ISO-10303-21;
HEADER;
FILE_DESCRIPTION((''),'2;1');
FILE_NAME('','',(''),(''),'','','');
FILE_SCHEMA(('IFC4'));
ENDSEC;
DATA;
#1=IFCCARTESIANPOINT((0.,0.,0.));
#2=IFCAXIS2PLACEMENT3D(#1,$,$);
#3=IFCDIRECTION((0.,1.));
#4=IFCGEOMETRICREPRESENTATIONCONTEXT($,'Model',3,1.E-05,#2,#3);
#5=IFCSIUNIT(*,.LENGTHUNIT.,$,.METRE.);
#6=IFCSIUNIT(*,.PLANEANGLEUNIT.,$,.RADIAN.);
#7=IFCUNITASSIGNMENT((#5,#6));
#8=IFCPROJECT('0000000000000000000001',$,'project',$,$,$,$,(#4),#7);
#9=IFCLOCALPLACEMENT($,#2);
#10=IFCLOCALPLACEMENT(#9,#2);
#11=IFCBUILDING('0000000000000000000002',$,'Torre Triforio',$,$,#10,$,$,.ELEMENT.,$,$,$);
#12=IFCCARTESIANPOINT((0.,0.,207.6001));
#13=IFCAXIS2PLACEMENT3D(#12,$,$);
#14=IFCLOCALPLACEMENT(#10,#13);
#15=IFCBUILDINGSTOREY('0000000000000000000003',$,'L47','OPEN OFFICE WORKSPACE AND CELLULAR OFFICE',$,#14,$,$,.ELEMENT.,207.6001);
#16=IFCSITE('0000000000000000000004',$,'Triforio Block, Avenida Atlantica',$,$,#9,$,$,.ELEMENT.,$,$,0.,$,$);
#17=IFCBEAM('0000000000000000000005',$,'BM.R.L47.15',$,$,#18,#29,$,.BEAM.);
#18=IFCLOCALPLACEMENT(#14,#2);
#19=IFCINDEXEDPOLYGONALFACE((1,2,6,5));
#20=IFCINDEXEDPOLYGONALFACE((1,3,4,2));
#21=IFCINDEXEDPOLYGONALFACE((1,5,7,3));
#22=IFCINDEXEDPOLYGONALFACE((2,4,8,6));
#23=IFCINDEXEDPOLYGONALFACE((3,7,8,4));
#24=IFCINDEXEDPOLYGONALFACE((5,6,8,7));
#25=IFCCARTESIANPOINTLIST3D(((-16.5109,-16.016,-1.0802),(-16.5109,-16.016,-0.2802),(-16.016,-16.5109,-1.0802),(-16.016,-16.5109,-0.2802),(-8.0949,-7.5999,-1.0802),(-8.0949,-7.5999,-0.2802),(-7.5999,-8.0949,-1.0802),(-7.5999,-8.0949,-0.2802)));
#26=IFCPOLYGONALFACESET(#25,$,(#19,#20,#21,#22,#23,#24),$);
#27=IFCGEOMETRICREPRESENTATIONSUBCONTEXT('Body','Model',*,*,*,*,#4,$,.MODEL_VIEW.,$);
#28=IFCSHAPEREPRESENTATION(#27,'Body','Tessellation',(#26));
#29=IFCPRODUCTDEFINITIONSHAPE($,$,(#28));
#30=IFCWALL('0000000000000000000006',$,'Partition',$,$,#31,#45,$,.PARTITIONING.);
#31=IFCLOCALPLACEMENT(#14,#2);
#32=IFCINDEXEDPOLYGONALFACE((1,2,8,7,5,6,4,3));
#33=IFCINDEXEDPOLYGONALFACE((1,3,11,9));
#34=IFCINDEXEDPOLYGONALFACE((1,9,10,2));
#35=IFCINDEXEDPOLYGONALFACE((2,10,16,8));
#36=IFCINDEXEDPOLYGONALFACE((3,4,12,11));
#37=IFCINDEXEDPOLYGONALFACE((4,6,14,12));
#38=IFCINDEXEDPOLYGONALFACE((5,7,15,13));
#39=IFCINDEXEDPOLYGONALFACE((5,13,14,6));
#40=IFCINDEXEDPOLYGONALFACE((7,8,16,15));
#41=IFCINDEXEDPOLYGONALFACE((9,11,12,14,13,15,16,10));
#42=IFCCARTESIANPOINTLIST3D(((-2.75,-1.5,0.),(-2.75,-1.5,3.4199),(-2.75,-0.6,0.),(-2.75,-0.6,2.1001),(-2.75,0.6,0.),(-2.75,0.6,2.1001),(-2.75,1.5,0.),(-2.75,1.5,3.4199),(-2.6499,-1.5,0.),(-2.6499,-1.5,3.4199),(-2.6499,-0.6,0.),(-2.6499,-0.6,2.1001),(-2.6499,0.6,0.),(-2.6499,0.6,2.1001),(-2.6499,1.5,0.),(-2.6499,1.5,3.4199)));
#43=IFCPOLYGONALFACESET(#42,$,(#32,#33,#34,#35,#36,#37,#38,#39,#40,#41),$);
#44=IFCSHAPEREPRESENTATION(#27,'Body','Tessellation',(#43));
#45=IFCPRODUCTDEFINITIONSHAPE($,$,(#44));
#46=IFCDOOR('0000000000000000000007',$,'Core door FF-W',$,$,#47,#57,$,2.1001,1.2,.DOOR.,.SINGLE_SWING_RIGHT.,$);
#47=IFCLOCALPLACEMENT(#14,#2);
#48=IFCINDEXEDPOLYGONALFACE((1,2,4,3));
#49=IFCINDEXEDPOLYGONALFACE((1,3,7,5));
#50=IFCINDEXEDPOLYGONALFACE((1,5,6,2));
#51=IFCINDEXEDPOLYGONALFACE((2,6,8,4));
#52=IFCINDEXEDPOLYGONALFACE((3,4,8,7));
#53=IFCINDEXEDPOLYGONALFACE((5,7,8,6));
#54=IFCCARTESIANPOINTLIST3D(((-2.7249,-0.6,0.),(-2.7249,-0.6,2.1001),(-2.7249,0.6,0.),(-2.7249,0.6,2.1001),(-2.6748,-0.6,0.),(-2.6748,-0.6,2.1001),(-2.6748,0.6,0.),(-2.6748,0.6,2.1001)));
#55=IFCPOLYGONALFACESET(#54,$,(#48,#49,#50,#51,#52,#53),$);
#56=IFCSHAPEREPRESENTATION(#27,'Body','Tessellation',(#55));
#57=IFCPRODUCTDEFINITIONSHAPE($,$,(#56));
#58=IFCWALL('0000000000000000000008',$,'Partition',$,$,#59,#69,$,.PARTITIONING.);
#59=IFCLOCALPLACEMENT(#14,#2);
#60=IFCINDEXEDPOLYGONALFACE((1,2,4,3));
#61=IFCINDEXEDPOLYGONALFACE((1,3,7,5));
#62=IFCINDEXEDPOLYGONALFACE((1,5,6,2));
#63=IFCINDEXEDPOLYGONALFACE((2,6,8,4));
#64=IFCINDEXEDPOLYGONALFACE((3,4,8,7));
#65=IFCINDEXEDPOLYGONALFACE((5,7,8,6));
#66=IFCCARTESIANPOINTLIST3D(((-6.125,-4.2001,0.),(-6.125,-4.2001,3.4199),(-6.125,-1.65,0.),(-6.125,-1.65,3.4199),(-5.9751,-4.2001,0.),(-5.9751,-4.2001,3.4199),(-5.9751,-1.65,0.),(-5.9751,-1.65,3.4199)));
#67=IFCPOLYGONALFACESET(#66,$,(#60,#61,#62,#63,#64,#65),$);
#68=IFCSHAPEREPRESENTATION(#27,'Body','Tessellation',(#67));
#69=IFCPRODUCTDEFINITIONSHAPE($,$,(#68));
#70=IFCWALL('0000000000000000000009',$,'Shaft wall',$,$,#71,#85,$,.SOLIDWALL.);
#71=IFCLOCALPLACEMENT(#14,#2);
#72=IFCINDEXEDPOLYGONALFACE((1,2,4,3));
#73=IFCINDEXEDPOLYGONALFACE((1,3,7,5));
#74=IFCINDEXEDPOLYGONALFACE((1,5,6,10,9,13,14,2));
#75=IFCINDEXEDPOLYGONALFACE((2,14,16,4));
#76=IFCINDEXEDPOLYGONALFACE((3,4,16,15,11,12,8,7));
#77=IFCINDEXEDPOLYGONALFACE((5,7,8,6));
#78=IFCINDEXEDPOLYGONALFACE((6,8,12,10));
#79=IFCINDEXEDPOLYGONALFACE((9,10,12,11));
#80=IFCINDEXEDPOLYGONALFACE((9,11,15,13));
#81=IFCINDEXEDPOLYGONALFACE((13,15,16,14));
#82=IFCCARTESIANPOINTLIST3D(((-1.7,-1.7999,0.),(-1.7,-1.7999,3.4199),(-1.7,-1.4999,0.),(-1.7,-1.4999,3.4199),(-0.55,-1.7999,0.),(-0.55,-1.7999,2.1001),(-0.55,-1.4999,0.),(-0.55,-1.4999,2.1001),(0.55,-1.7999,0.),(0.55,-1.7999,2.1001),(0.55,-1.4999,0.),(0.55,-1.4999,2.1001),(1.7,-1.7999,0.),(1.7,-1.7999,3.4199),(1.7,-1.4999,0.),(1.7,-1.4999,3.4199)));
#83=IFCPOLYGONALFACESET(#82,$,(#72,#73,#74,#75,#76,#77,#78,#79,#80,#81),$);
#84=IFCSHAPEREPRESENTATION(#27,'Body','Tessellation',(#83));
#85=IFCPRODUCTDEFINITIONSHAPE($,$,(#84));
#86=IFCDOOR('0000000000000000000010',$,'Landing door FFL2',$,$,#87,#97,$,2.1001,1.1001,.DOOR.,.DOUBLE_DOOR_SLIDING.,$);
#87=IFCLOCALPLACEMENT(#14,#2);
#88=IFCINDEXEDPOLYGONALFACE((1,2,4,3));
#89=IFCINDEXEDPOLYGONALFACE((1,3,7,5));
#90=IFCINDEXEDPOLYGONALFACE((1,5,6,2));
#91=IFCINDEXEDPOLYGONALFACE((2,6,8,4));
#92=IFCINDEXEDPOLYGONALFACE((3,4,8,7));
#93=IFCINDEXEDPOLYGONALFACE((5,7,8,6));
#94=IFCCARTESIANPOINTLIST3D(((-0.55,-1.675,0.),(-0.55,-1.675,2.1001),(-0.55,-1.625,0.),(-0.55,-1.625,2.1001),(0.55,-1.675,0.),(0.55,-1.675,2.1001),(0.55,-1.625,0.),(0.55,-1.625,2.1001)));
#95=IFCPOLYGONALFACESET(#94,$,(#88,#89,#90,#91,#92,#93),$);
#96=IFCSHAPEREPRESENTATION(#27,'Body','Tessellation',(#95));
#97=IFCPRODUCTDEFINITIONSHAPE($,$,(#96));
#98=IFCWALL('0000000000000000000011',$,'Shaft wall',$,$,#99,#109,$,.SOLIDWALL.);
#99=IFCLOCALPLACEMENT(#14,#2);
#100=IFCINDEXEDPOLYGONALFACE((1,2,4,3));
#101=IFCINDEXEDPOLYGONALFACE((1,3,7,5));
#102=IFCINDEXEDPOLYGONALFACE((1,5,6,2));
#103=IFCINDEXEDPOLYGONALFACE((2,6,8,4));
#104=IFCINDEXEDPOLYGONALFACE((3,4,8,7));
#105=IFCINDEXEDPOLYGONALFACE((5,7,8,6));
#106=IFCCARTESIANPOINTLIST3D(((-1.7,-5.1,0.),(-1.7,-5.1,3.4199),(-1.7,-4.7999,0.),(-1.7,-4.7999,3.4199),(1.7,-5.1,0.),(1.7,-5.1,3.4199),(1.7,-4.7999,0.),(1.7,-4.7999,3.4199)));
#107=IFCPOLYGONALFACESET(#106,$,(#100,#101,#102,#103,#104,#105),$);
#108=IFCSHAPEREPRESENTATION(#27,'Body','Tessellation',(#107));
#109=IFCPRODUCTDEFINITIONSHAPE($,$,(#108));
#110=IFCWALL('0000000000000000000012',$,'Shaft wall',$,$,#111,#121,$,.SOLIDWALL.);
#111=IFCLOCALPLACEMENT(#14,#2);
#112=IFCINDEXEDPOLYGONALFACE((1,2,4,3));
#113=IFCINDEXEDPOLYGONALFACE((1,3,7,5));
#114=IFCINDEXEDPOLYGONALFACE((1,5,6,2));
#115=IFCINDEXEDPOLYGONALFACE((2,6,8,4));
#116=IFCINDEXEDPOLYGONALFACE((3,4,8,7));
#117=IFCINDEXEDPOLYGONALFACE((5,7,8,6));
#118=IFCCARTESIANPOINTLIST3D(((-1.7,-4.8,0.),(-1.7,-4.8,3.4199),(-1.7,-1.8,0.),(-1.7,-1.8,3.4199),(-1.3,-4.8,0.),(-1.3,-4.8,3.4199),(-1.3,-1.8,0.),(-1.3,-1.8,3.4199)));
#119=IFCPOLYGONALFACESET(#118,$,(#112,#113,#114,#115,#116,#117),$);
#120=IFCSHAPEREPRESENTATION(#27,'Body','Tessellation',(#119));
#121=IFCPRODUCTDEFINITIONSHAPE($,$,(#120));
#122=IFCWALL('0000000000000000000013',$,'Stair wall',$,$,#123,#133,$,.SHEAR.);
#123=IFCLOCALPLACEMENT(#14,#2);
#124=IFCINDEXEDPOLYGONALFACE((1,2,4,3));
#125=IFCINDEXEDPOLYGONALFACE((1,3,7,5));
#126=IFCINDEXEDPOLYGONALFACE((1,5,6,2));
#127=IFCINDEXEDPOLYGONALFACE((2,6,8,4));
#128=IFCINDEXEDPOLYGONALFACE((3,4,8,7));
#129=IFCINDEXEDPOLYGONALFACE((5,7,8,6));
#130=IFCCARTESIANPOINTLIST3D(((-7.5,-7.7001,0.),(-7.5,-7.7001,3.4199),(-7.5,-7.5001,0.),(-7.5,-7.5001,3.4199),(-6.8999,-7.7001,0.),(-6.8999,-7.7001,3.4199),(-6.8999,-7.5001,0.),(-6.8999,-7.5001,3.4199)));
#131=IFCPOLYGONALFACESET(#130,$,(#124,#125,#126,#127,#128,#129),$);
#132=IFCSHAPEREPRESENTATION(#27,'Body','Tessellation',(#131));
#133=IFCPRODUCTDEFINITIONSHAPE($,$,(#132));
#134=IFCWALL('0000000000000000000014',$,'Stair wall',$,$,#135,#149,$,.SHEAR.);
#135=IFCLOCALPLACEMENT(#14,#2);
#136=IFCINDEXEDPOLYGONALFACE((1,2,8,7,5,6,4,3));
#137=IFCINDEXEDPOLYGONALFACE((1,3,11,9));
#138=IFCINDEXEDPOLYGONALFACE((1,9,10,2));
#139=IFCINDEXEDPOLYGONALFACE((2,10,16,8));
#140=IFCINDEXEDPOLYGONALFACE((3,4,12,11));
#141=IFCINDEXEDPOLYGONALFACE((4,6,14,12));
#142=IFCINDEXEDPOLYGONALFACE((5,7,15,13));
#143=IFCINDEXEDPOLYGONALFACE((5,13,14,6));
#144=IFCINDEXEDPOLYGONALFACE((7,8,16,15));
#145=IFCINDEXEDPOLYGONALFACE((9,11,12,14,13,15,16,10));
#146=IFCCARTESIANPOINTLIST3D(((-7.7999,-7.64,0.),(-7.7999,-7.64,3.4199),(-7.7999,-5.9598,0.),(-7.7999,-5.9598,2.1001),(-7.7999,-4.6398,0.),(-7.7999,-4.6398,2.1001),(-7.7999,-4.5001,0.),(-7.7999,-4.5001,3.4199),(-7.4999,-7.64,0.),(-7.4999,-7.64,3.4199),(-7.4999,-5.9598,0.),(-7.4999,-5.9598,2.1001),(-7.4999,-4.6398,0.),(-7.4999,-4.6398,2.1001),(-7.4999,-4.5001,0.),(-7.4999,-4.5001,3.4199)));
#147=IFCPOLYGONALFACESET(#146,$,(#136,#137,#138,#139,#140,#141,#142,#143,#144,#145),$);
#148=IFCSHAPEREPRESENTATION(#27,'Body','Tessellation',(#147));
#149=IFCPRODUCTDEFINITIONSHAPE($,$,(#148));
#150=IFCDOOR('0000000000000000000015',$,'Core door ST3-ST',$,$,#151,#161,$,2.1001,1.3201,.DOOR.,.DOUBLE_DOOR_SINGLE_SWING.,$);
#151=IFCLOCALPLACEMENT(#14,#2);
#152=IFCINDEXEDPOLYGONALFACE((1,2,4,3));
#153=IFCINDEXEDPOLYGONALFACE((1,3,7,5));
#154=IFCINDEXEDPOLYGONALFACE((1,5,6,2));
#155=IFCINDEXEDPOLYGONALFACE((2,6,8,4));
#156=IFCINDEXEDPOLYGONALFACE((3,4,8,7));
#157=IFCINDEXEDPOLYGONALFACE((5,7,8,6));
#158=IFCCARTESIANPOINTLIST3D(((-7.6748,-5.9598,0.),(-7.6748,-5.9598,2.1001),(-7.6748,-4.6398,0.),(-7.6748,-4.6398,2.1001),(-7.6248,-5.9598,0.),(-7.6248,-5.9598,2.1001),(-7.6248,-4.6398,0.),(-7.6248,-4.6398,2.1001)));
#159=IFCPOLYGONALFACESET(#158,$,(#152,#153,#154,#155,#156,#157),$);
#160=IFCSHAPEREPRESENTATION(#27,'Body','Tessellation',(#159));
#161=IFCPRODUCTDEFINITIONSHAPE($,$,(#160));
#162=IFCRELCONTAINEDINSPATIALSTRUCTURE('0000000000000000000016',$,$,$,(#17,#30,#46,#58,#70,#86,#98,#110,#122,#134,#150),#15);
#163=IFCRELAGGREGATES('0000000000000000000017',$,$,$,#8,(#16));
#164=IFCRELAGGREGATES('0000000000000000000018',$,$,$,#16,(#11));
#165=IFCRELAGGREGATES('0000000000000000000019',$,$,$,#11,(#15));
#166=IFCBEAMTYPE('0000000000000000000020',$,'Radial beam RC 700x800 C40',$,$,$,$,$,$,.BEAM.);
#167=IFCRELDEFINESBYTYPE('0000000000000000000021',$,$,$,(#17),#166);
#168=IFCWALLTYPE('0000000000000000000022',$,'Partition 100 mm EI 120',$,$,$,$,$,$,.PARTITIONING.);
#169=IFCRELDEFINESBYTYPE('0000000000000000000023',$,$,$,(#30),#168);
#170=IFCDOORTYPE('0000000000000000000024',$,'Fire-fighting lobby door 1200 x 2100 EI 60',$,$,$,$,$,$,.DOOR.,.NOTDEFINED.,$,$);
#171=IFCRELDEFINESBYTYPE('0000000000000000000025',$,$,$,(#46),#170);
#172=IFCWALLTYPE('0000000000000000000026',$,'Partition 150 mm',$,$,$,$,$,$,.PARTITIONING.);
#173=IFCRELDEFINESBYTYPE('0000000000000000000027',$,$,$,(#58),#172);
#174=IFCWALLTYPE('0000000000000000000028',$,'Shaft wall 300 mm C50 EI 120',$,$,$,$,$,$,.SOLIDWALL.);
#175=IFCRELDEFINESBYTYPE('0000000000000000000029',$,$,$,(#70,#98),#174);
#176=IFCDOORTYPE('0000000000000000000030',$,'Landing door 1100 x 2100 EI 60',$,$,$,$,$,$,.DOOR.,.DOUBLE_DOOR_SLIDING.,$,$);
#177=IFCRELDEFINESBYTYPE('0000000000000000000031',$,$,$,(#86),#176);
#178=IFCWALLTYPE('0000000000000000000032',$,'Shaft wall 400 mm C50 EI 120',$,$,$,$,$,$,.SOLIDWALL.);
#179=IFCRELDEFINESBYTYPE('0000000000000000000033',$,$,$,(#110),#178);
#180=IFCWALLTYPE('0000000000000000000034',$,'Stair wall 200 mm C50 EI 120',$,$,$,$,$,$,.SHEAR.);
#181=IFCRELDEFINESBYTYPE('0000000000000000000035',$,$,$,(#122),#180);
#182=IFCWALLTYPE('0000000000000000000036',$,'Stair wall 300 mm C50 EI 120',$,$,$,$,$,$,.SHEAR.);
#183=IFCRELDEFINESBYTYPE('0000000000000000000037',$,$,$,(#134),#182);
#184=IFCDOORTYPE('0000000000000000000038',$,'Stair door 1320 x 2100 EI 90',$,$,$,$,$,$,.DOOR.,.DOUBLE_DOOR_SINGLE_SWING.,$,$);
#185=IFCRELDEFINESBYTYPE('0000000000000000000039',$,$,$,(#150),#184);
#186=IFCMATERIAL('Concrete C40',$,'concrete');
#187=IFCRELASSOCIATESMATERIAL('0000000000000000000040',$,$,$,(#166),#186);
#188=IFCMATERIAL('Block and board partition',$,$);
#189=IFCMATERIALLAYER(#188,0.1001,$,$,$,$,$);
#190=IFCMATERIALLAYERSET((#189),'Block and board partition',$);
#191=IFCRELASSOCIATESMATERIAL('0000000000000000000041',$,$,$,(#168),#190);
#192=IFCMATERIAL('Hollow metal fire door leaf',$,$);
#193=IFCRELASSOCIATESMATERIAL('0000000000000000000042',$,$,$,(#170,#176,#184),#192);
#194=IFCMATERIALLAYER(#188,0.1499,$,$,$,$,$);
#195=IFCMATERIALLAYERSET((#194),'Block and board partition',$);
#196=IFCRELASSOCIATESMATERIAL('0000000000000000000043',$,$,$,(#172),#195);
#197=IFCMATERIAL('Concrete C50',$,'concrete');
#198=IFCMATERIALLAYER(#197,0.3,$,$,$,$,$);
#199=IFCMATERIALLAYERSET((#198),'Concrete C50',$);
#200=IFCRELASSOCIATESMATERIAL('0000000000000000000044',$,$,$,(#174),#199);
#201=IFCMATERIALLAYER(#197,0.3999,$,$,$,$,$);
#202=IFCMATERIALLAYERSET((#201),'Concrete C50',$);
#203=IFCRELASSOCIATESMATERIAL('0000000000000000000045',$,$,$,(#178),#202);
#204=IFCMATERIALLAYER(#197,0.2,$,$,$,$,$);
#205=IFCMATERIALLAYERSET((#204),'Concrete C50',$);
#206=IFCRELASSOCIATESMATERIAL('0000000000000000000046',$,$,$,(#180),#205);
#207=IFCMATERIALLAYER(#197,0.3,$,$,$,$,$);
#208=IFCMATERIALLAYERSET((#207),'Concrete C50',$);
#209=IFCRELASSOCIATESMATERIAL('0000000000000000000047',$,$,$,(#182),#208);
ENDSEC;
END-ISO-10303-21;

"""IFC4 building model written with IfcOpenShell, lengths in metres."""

from ifc_helpers import new_model, si_unit, direction, frame, frame_2d, origin, origin_2d, place, context, subcontext, project, spatial, rectangle, extrude, material, layer, layer_set, material_profile, profile_set, type_object, element, fill, save


model = new_model("IFC4")

# Units and contexts
model_context = context("Model", 3, precision=1e-05, world=origin(), true_north=direction((0.0, 1.0)))
body_context = subcontext(model_context, "Body", "Model", "MODEL_VIEW")
ifc_project = project(units=[si_unit("LENGTHUNIT", "METRE"), si_unit("PLANEANGLEUNIT", "RADIAN")], contexts=[model_context])

# Site, building, storey
site_placement = place(None, origin())
site = spatial("IfcSite", under=ifc_project, at=site_placement, Name="Triforio Block, Avenida Atlantica", CompositionType="ELEMENT", RefElevation=0.0)
building_placement = place(site_placement, origin())
building = spatial("IfcBuilding", under=site, at=building_placement, Name="Torre Triforio", CompositionType="ELEMENT")
storey_placement = place(building_placement, frame((0.0, 0.0, 207.6001)))
storey = spatial("IfcBuildingStorey", under=building, at=storey_placement, Name="L47", Description="OPEN OFFICE WORKSPACE AND CELLULAR OFFICE", CompositionType="ELEMENT", Elevation=207.6001)

# Beam
ifc_material_1 = material(Name="Concrete C40", Category="concrete")
ifc_material_profile = material_profile(ifc_material_1, rectangle(XDim=0.7, YDim=0.8, at=origin_2d()), Name="RC 700x800")
ifc_profile_set = profile_set([ifc_material_profile], Name="Concrete C40")
beam_type = type_object("IfcBeamType", Name="Radial beam RC 700x800 C40", PredefinedType="BEAM", material=ifc_profile_set)
beam_placement = place(storey_placement, frame((-7.8474, -7.8474, -0.6802), z_axis=(-0.707107, -0.707107, 0.0), x_axis=(0.707107, -0.707107, 0.0)))
element("IfcBeam", 1, at=beam_placement, inside=storey, type_object=beam_type, Name="BM.R.L47.15", PredefinedType="BEAM", context=body_context, shape_type="SweptSolid", body=[
    extrude(rectangle(XDim=0.7, YDim=0.8, at=origin_2d()), origin(), (0.0, 0.0, 1.0), 11.9021),
])

# Wall, opening, door
ifc_material_2 = material(Name="Block and board partition")
ifc_layer_1 = layer(ifc_material_2, 0.1001)
ifc_layer_set_1 = layer_set([ifc_layer_1], Name="Block and board partition")
wall_type_1 = type_object("IfcWallType", Name="Partition 100 mm EI 120", PredefinedType="PARTITIONING", material=ifc_layer_set_1)
wall_1_placement = place(storey_placement, frame((-2.7, -1.5, 0.0), z_axis=(0.0, 0.0, 1.0), x_axis=(0.0, 1.0, 0.0)))
wall_1 = element("IfcWall", 2, at=wall_1_placement, inside=storey, type_object=wall_type_1, Name="Partition", PredefinedType="PARTITIONING", context=body_context, shape_type="SweptSolid", body=[
    extrude(rectangle(XDim=3.0, YDim=0.1001, at=frame_2d((1.5, 0.0))), origin(), (0.0, 0.0, 1.0), 3.4199),
])
opening_1_placement = place(wall_1_placement, frame((0.8999, 0.0, 0.0)))
opening_1 = element("IfcOpeningElement", 3, at=opening_1_placement, cuts=wall_1, PredefinedType="OPENING", context=body_context, shape_type="SweptSolid", body=[
    extrude(rectangle(XDim=1.2, YDim=2.1001, at=frame_2d((0.6001, 1.05))), frame((0.0, 0.0601, 0.0), z_axis=(0.0, -1.0, 0.0), x_axis=(1.0, 0.0, 0.0)), (0.0, 0.0, 1.0), 0.1201),
])
ifc_material_3 = material(Name="Hollow metal fire door leaf")
door_type_1 = type_object("IfcDoorType", Name="Fire-fighting lobby door 1200 x 2100 EI 60", OperationType="NOTDEFINED", PredefinedType="DOOR", material=ifc_material_3)
door_1_placement = place(opening_1_placement, origin())
door_1 = element("IfcDoor", 4, at=door_1_placement, inside=storey, type_object=door_type_1, Name="Core door FF-W", OperationType="SINGLE_SWING_RIGHT", OverallHeight=2.1001, OverallWidth=1.2, PredefinedType="DOOR", context=body_context, shape_type="SweptSolid", body=[
    extrude(rectangle(XDim=1.2, YDim=2.1001, at=frame_2d((0.6001, 1.05))), frame((0.0, 0.0249, 0.0), z_axis=(0.0, -1.0, 0.0), x_axis=(1.0, 0.0, 0.0)), (0.0, 0.0, 1.0), 0.05),
])
fill(opening_1, door_1)

# Wall
ifc_layer_2 = layer(ifc_material_2, 0.1499)
ifc_layer_set_2 = layer_set([ifc_layer_2], Name="Block and board partition")
wall_type_2 = type_object("IfcWallType", Name="Partition 150 mm", PredefinedType="PARTITIONING", material=ifc_layer_set_2)
wall_2_placement = place(storey_placement, frame((-6.05, -4.2, 0.0), z_axis=(0.0, 0.0, 1.0), x_axis=(0.0, 1.0, 0.0)))
element("IfcWall", 5, at=wall_2_placement, inside=storey, type_object=wall_type_2, Name="Partition", PredefinedType="PARTITIONING", context=body_context, shape_type="SweptSolid", body=[
    extrude(rectangle(XDim=2.55, YDim=0.1499, at=frame_2d((1.2749, 0.0))), origin(), (0.0, 0.0, 1.0), 3.4199),
])

# Wall, opening, door
ifc_material_4 = material(Name="Concrete C50", Category="concrete")
ifc_layer_3 = layer(ifc_material_4, 0.3)
ifc_layer_set_3 = layer_set([ifc_layer_3], Name="Concrete C50")
wall_type_3 = type_object("IfcWallType", Name="Shaft wall 300 mm C50 EI 120", PredefinedType="SOLIDWALL", material=ifc_layer_set_3)
wall_3_placement = place(storey_placement, frame((-1.7, -1.6499, 0.0), z_axis=(0.0, 0.0, 1.0), x_axis=(1.0, 0.0, 0.0)))
wall_3 = element("IfcWall", 6, at=wall_3_placement, inside=storey, type_object=wall_type_3, Name="Shaft wall", PredefinedType="SOLIDWALL", context=body_context, shape_type="SweptSolid", body=[
    extrude(rectangle(XDim=3.3999, YDim=0.3, at=frame_2d((1.7, 0.0))), origin(), (0.0, 0.0, 1.0), 3.4199),
])
opening_2_placement = place(wall_3_placement, frame((1.1499, 0.0, 0.0)))
opening_2 = element("IfcOpeningElement", 7, at=opening_2_placement, cuts=wall_3, PredefinedType="OPENING", context=body_context, shape_type="SweptSolid", body=[
    extrude(rectangle(XDim=1.1001, YDim=2.1001, at=frame_2d((0.55, 1.05))), frame((0.0, 0.1599, 0.0), z_axis=(0.0, -1.0, 0.0), x_axis=(1.0, 0.0, 0.0)), (0.0, 0.0, 1.0), 0.3201),
])
door_type_2 = type_object("IfcDoorType", Name="Landing door 1100 x 2100 EI 60", OperationType="DOUBLE_DOOR_SLIDING", PredefinedType="DOOR", material=ifc_material_3)
door_2_placement = place(opening_2_placement, origin())
door_2 = element("IfcDoor", 8, at=door_2_placement, inside=storey, type_object=door_type_2, Name="Landing door FFL2", OperationType="DOUBLE_DOOR_SLIDING", OverallHeight=2.1001, OverallWidth=1.1001, PredefinedType="DOOR", context=body_context, shape_type="SweptSolid", body=[
    extrude(rectangle(XDim=1.1001, YDim=2.1001, at=frame_2d((0.55, 1.05))), frame((0.0, 0.0249, 0.0), z_axis=(0.0, -1.0, 0.0), x_axis=(1.0, 0.0, 0.0)), (0.0, 0.0, 1.0), 0.05),
])
fill(opening_2, door_2)

# Walls
wall_4_placement = place(storey_placement, frame((-1.7, -4.95, 0.0), z_axis=(0.0, 0.0, 1.0), x_axis=(1.0, 0.0, 0.0)))
element("IfcWall", 9, at=wall_4_placement, inside=storey, type_object=wall_type_3, Name="Shaft wall", PredefinedType="SOLIDWALL", context=body_context, shape_type="SweptSolid", body=[
    extrude(rectangle(XDim=3.3999, YDim=0.3, at=frame_2d((1.7, 0.0))), origin(), (0.0, 0.0, 1.0), 3.4199),
])
ifc_layer_4 = layer(ifc_material_4, 0.3999)
ifc_layer_set_4 = layer_set([ifc_layer_4], Name="Concrete C50")
wall_type_4 = type_object("IfcWallType", Name="Shaft wall 400 mm C50 EI 120", PredefinedType="SOLIDWALL", material=ifc_layer_set_4)
wall_5_placement = place(storey_placement, frame((-1.5, -4.8, 0.0), z_axis=(0.0, 0.0, 1.0), x_axis=(0.0, 1.0, 0.0)))
element("IfcWall", 10, at=wall_5_placement, inside=storey, type_object=wall_type_4, Name="Shaft wall", PredefinedType="SOLIDWALL", context=body_context, shape_type="SweptSolid", body=[
    extrude(rectangle(XDim=3.0, YDim=0.3999, at=frame_2d((1.5, 0.0))), origin(), (0.0, 0.0, 1.0), 3.4199),
])
ifc_layer_5 = layer(ifc_material_4, 0.2)
ifc_layer_set_5 = layer_set([ifc_layer_5], Name="Concrete C50")
wall_type_5 = type_object("IfcWallType", Name="Stair wall 200 mm C50 EI 120", PredefinedType="SHEAR", material=ifc_layer_set_5)
wall_6_placement = place(storey_placement, frame((-7.5, -7.6001, 0.0), z_axis=(0.0, 0.0, 1.0), x_axis=(1.0, 0.0, 0.0)))
element("IfcWall", 11, at=wall_6_placement, inside=storey, type_object=wall_type_5, Name="Stair wall", PredefinedType="SHEAR", context=body_context, shape_type="SweptSolid", body=[
    extrude(rectangle(XDim=0.6001, YDim=0.2, at=frame_2d((0.3, 0.0))), origin(), (0.0, 0.0, 1.0), 3.4199),
])

# Wall, opening, door
ifc_layer_6 = layer(ifc_material_4, 0.3)
ifc_layer_set_6 = layer_set([ifc_layer_6], Name="Concrete C50")
wall_type_6 = type_object("IfcWallType", Name="Stair wall 300 mm C50 EI 120", PredefinedType="SHEAR", material=ifc_layer_set_6)
wall_7_placement = place(storey_placement, frame((-7.6499, -7.6399, 0.0), z_axis=(0.0, 0.0, 1.0), x_axis=(0.0, 1.0, 0.0)))
wall_7 = element("IfcWall", 12, at=wall_7_placement, inside=storey, type_object=wall_type_6, Name="Stair wall", PredefinedType="SHEAR", context=body_context, shape_type="SweptSolid", body=[
    extrude(rectangle(XDim=3.1399, YDim=0.3, at=frame_2d((1.5698, 0.0))), origin(), (0.0, 0.0, 1.0), 3.4199),
])
opening_3_placement = place(wall_7_placement, frame((1.6799, 0.0, 0.0)))
opening_3 = element("IfcOpeningElement", 13, at=opening_3_placement, cuts=wall_7, PredefinedType="OPENING", context=body_context, shape_type="SweptSolid", body=[
    extrude(rectangle(XDim=1.3201, YDim=2.1001, at=frame_2d((0.6602, 1.05))), frame((0.0, 0.1599, 0.0), z_axis=(0.0, -1.0, 0.0), x_axis=(1.0, 0.0, 0.0)), (0.0, 0.0, 1.0), 0.3201),
])
door_type_3 = type_object("IfcDoorType", Name="Stair door 1320 x 2100 EI 90", OperationType="DOUBLE_DOOR_SINGLE_SWING", PredefinedType="DOOR", material=ifc_material_3)
door_3_placement = place(opening_3_placement, origin())
door_3 = element("IfcDoor", 14, at=door_3_placement, inside=storey, type_object=door_type_3, Name="Core door ST3-ST", OperationType="DOUBLE_DOOR_SINGLE_SWING", OverallHeight=2.1001, OverallWidth=1.3201, PredefinedType="DOOR", context=body_context, shape_type="SweptSolid", body=[
    extrude(rectangle(XDim=1.3201, YDim=2.1001, at=frame_2d((0.6602, 1.05))), frame((0.0, 0.0249, 0.0), z_axis=(0.0, -1.0, 0.0), x_axis=(1.0, 0.0, 0.0)), (0.0, 0.0, 1.0), 0.05),
])
fill(opening_3, door_3)

save(model, "model.ifc")
